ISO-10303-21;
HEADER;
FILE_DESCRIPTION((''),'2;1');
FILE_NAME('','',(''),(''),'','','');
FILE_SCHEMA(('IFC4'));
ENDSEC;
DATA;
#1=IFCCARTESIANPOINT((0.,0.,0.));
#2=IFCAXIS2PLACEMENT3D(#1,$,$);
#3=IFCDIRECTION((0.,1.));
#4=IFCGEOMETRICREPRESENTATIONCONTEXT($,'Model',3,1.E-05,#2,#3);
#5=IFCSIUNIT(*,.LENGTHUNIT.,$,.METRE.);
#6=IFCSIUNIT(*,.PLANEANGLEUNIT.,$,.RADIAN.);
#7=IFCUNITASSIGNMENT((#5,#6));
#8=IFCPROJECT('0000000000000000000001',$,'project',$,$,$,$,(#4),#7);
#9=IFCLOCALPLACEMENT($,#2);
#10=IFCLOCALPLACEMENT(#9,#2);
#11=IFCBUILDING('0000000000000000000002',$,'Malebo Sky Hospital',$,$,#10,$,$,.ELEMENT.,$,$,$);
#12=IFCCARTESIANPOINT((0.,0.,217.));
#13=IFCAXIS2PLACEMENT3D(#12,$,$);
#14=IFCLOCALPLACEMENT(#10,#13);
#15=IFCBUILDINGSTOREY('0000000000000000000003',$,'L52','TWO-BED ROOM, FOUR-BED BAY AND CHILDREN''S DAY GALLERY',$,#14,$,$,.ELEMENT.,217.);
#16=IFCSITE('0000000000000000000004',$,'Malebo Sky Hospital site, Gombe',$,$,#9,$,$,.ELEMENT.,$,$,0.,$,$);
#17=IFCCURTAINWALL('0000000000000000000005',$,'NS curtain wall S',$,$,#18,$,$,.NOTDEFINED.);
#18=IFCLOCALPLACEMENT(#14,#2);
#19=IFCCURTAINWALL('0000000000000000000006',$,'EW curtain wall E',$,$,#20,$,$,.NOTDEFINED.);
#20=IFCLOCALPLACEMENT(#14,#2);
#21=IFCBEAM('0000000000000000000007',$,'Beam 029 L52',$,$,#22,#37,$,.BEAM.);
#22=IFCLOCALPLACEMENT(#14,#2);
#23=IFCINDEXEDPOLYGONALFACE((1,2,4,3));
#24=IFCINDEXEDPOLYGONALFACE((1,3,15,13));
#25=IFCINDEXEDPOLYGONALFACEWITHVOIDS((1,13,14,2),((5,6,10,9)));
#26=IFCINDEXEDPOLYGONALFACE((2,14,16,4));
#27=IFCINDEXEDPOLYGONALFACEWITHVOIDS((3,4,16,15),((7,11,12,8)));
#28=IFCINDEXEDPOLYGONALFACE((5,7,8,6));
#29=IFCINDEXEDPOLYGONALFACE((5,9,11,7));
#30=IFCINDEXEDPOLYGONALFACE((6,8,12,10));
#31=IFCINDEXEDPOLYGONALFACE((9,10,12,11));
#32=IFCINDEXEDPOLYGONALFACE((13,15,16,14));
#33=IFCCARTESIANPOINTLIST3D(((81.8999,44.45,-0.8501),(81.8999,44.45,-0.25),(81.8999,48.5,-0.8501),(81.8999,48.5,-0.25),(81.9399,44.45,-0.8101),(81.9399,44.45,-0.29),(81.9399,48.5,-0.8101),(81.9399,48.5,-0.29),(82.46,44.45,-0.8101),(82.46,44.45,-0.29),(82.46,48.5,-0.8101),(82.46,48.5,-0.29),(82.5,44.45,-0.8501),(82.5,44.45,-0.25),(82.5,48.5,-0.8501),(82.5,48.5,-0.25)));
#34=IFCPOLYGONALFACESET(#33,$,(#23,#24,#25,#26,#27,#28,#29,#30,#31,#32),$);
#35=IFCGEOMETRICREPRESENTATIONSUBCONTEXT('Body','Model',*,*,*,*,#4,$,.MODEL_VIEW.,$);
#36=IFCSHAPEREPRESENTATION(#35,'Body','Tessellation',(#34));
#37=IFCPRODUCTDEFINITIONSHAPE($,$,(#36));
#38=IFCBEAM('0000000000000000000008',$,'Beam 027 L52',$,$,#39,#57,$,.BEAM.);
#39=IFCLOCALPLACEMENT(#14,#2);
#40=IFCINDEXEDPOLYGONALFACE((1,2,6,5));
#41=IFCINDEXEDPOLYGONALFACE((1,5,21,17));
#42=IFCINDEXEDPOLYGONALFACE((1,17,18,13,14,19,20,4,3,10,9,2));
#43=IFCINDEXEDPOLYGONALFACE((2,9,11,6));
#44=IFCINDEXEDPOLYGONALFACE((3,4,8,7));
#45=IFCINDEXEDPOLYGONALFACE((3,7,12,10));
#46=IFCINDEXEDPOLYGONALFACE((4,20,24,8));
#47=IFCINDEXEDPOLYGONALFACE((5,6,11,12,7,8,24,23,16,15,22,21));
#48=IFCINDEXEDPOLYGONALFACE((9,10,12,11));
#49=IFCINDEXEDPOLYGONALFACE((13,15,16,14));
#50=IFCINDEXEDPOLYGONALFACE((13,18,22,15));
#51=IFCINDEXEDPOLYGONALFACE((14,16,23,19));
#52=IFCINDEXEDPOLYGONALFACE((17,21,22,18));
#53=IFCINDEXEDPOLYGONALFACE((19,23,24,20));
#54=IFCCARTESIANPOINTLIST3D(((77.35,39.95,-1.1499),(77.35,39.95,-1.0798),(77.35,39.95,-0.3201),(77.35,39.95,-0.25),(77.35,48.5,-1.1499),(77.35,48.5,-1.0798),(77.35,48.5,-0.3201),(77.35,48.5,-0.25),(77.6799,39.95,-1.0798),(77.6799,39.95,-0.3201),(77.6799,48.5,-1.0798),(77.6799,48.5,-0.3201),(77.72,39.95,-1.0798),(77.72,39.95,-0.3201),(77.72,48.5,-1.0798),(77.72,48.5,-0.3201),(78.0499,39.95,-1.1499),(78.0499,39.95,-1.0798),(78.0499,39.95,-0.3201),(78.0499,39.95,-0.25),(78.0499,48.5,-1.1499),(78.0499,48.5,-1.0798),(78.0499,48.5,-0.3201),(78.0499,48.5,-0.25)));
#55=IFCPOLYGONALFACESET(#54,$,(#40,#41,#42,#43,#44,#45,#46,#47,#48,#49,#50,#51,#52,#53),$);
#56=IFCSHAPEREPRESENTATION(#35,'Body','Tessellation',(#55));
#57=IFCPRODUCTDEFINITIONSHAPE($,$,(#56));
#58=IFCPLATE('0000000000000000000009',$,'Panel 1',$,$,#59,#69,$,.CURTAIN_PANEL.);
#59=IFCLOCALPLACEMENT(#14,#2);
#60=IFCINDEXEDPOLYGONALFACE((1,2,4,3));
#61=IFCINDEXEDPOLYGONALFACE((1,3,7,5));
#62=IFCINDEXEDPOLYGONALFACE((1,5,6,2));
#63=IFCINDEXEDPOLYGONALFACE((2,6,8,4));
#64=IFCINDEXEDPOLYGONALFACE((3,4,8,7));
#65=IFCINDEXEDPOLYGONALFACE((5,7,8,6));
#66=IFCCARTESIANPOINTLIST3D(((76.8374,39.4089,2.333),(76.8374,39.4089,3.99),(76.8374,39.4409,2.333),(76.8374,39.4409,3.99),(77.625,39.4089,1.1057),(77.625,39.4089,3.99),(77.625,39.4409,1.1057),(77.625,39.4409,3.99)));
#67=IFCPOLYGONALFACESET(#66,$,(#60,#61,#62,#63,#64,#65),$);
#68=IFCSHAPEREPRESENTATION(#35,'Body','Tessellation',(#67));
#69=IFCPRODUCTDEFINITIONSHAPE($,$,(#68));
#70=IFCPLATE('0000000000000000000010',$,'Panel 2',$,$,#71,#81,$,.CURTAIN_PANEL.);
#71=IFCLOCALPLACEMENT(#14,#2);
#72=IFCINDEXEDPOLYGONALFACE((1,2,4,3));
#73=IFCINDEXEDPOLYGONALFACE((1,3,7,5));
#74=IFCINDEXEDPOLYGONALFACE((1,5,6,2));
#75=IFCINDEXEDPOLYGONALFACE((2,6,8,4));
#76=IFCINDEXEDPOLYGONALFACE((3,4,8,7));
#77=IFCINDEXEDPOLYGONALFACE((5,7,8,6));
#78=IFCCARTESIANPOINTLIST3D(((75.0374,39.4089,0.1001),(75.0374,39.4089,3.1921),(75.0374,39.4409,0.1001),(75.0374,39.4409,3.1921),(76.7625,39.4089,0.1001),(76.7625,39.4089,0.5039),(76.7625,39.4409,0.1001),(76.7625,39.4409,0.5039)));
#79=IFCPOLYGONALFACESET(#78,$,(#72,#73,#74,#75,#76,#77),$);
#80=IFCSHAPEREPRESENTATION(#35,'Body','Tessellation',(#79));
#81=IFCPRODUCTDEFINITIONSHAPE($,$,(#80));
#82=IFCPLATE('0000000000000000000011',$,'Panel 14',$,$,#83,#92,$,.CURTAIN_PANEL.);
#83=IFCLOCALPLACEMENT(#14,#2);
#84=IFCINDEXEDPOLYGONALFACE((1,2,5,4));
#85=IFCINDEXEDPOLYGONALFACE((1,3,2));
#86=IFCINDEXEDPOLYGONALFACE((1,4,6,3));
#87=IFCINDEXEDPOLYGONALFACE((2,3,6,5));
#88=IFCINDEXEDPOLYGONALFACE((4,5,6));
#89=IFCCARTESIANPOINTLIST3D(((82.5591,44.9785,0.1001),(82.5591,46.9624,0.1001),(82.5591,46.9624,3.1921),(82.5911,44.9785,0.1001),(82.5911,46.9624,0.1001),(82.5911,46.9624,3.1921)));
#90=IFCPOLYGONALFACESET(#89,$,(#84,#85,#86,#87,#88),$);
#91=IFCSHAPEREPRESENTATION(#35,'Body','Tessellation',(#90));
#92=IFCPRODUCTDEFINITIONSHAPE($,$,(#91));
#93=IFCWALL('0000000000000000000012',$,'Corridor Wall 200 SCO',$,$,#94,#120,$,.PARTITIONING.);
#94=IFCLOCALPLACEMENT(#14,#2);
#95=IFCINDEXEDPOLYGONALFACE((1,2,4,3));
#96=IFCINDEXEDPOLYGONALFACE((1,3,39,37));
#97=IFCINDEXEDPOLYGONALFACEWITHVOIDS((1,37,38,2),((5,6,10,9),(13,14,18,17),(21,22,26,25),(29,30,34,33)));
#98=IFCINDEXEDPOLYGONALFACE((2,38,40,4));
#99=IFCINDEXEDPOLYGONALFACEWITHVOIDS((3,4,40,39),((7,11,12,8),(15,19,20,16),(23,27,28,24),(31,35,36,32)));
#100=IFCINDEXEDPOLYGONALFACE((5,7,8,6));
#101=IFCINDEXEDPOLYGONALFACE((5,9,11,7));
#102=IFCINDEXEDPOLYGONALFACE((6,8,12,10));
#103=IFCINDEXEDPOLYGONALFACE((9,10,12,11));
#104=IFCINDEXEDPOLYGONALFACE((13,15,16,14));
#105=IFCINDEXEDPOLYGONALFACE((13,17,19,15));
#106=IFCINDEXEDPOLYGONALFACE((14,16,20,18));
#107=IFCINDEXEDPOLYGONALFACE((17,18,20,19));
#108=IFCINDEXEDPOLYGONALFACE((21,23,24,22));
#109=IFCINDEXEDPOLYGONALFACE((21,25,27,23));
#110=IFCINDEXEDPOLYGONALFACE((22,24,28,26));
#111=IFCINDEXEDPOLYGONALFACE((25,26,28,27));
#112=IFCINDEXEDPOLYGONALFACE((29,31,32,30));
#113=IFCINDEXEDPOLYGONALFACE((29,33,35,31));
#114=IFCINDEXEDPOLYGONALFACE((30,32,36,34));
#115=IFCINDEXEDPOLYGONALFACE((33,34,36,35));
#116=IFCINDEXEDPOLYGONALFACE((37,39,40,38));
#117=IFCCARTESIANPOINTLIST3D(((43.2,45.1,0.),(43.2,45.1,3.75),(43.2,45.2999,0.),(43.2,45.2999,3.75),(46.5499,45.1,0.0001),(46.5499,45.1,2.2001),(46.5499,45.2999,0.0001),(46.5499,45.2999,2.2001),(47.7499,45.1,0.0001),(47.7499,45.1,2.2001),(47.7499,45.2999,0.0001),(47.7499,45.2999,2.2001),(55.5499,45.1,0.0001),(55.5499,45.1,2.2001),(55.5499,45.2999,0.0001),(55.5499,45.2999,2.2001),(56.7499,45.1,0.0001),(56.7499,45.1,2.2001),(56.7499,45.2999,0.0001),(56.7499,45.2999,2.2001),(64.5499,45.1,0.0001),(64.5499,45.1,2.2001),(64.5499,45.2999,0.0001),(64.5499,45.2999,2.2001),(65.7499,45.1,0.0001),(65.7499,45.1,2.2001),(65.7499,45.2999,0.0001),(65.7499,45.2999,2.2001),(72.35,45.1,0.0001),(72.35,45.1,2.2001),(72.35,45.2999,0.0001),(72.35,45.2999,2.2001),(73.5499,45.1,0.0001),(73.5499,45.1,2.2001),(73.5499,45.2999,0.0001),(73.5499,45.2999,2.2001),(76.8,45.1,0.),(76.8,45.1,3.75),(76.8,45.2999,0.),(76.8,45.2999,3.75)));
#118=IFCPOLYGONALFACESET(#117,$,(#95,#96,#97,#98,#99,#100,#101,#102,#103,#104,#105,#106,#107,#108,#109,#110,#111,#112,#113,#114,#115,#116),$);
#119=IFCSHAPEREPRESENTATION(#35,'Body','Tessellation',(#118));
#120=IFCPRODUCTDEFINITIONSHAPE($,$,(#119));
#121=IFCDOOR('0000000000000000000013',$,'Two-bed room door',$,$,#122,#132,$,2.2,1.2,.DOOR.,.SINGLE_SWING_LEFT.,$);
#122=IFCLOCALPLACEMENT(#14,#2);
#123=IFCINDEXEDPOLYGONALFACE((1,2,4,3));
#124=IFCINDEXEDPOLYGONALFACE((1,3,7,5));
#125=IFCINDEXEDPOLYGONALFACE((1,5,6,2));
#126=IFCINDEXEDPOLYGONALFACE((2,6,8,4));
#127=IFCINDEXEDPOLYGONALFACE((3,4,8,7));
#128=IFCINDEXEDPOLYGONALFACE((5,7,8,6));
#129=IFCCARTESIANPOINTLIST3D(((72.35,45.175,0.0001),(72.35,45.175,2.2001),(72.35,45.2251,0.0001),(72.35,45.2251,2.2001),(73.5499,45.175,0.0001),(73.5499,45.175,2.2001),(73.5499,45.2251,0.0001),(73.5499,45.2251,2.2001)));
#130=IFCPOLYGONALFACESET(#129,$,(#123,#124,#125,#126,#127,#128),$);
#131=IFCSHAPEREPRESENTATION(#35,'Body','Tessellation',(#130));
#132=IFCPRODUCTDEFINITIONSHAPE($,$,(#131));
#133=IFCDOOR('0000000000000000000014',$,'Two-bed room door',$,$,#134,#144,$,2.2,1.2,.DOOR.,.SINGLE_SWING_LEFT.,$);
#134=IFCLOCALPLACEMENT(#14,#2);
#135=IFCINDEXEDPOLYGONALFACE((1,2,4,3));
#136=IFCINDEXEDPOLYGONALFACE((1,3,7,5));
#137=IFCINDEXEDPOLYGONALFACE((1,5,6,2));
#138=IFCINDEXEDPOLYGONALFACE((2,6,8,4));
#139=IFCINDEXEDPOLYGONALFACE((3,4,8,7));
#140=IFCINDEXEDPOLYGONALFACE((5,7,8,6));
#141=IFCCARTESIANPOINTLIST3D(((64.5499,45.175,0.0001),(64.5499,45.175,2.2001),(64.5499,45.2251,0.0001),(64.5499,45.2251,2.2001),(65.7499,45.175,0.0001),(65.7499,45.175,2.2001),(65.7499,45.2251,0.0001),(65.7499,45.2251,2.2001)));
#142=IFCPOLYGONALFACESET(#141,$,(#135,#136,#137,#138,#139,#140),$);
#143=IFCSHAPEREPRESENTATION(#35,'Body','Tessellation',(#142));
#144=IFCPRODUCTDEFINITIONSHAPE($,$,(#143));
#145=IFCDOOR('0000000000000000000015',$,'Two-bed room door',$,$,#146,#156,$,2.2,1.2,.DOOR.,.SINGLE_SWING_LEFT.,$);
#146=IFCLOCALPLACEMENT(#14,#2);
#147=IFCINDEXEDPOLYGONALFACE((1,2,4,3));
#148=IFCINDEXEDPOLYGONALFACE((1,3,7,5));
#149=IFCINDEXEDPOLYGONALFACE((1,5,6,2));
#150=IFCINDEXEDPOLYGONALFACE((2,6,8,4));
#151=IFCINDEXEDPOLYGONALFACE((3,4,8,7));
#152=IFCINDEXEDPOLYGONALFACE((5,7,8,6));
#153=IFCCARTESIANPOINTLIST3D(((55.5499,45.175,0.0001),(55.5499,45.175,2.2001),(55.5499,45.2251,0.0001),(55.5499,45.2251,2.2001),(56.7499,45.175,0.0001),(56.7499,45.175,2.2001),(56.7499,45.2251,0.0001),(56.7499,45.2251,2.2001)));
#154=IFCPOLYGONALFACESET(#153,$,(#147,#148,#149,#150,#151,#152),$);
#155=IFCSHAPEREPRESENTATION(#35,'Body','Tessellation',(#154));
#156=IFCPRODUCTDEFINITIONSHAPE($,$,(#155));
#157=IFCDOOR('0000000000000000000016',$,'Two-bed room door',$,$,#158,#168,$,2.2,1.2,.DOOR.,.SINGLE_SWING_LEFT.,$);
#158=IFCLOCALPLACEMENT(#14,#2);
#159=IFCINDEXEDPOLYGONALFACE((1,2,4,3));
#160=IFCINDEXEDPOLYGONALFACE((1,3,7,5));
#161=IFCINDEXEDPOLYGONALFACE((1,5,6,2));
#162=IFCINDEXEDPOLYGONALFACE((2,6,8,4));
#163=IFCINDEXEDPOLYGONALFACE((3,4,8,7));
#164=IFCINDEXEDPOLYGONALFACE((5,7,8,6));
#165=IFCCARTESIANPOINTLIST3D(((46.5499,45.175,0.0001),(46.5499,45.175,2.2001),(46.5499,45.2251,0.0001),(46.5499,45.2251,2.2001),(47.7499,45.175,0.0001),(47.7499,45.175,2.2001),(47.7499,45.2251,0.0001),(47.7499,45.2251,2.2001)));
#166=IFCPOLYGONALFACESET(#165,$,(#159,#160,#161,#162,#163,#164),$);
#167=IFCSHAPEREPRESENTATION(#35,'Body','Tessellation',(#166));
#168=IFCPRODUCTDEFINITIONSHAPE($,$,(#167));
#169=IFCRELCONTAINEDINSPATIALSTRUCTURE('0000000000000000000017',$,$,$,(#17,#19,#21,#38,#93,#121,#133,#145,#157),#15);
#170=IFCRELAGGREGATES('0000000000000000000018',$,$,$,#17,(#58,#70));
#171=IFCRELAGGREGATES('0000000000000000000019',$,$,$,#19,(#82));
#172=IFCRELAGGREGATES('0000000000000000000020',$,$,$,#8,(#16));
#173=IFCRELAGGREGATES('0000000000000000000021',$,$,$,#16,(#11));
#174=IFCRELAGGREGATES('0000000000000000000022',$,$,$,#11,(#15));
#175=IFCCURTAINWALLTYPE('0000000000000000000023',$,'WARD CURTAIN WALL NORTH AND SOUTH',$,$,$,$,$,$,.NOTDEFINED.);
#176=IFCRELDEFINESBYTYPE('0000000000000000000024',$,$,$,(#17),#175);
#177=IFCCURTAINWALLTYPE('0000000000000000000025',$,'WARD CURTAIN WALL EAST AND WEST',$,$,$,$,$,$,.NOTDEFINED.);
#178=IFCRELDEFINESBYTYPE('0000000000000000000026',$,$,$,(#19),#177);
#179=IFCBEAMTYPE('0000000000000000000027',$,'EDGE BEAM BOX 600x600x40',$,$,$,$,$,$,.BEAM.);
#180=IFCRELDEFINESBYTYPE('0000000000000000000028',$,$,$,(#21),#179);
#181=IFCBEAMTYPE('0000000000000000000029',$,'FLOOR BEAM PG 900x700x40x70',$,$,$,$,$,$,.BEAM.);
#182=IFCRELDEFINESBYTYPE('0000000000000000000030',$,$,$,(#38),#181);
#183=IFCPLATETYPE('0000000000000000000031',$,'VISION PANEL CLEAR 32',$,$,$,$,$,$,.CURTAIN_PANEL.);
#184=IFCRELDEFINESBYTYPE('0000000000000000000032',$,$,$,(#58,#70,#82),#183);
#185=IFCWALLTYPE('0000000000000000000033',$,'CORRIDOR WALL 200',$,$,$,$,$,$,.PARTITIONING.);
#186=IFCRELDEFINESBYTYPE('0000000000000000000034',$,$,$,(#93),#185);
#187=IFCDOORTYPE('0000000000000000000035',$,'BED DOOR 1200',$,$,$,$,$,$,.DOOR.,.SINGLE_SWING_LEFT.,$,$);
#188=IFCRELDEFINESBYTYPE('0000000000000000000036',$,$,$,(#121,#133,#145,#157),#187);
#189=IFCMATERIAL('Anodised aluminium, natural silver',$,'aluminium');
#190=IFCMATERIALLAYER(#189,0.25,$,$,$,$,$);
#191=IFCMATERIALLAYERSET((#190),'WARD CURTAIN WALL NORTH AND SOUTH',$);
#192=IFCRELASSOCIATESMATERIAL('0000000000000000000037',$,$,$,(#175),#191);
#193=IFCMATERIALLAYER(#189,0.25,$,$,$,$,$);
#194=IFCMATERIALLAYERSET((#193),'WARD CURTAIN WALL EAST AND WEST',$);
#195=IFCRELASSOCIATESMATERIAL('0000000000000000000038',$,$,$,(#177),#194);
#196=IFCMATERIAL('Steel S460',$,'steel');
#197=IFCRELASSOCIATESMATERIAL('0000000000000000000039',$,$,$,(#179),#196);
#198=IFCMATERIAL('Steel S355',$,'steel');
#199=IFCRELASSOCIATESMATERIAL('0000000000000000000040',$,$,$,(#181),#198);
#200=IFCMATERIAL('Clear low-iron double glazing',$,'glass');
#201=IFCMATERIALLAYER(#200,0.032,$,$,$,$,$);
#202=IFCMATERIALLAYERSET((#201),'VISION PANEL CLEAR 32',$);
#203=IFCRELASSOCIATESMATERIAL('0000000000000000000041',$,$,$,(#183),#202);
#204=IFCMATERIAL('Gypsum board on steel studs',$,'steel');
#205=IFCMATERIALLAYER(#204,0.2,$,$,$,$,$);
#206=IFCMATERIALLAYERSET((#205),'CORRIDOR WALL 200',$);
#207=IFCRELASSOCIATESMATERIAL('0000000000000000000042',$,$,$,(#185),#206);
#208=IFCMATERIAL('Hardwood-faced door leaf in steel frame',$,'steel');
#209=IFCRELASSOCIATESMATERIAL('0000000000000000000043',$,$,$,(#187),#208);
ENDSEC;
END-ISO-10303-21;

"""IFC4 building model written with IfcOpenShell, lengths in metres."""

from ifc_helpers import new_model, si_unit, direction, frame, frame_2d, origin, origin_2d, place, context, subcontext, project, spatial, polyline, rectangle, hollow_rectangle, i_section, outline, extrude, material, layer, layer_set, material_profile, profile_set, type_object, element, fill, aggregate, save


model = new_model("IFC4")

# Units and contexts
model_context = context("Model", 3, precision=1e-05, world=origin(), true_north=direction((0.0, 1.0)))
body_context = subcontext(model_context, "Body", "Model", "MODEL_VIEW")
ifc_project = project(units=[si_unit("LENGTHUNIT", "METRE"), si_unit("PLANEANGLEUNIT", "RADIAN")], contexts=[model_context])

# Site, building, storey
site_placement = place(None, origin())
site = spatial("IfcSite", under=ifc_project, at=site_placement, Name="Malebo Sky Hospital site, Gombe", CompositionType="ELEMENT", RefElevation=0.0)
building_placement = place(site_placement, origin())
building = spatial("IfcBuilding", under=site, at=building_placement, Name="Malebo Sky Hospital", CompositionType="ELEMENT")
storey_placement = place(building_placement, frame((0.0, 0.0, 217.0)))
storey = spatial("IfcBuildingStorey", under=building, at=storey_placement, Name="L52", Description="TWO-BED ROOM, FOUR-BED BAY AND CHILDREN'S DAY GALLERY", CompositionType="ELEMENT", Elevation=217.0)

# Shared definitions
ifc_material_1 = material(Name="Steel S460", Category="steel")

# Curtain wall
ifc_material_2 = material(Name="Anodised aluminium, natural silver", Category="aluminium")
ifc_layer_1 = layer(ifc_material_2, 0.25)
ifc_layer_set_1 = layer_set([ifc_layer_1], Name="WARD CURTAIN WALL NORTH AND SOUTH")
curtain_wall_type_1 = type_object("IfcCurtainWallType", Name="WARD CURTAIN WALL NORTH AND SOUTH", PredefinedType="NOTDEFINED", material=ifc_layer_set_1)
curtain_wall_1_placement = place(storey_placement, origin())
curtain_wall_1 = element("IfcCurtainWall", 1, at=curtain_wall_1_placement, inside=storey, type_object=curtain_wall_type_1, Name="NS curtain wall S", PredefinedType="NOTDEFINED")

# Curtain wall
ifc_layer_2 = layer(ifc_material_2, 0.25)
ifc_layer_set_2 = layer_set([ifc_layer_2], Name="WARD CURTAIN WALL EAST AND WEST")
curtain_wall_type_2 = type_object("IfcCurtainWallType", Name="WARD CURTAIN WALL EAST AND WEST", PredefinedType="NOTDEFINED", material=ifc_layer_set_2)
curtain_wall_2_placement = place(storey_placement, origin())
curtain_wall_2 = element("IfcCurtainWall", 2, at=curtain_wall_2_placement, inside=storey, type_object=curtain_wall_type_2, Name="EW curtain wall E", PredefinedType="NOTDEFINED")

# Beams
ifc_material_profile_1 = material_profile(ifc_material_1, hollow_rectangle(XDim=0.6001, YDim=0.6001, WallThickness=0.04, at=origin_2d()), Name="BOX 600x600x40")
ifc_profile_set_1 = profile_set([ifc_material_profile_1], Name="Steel S460")
beam_type_1 = type_object("IfcBeamType", Name="EDGE BEAM BOX 600x600x40", PredefinedType="BEAM", material=ifc_profile_set_1)
beam_1_placement = place(storey_placement, frame((82.2, 44.45, -0.55), z_axis=(0.0, 1.0, 0.0), x_axis=(-1.0, 0.0, 0.0)))
element("IfcBeam", 3, at=beam_1_placement, inside=storey, type_object=beam_type_1, Name="Beam 029 L52", PredefinedType="BEAM", context=body_context, shape_type="SweptSolid", body=[
    extrude(hollow_rectangle(XDim=0.6001, YDim=0.6001, WallThickness=0.04, at=origin_2d()), origin(), (0.0, 0.0, 1.0), 4.05),
])
ifc_material_3 = material(Name="Steel S355", Category="steel")
ifc_material_profile_2 = material_profile(ifc_material_3, i_section(OverallWidth=0.7, OverallDepth=0.8999, WebThickness=0.04, FlangeThickness=0.0701, at=origin_2d()), Name="PG 900x700x40x70")
ifc_profile_set_2 = profile_set([ifc_material_profile_2], Name="Steel S355")
beam_type_2 = type_object("IfcBeamType", Name="FLOOR BEAM PG 900x700x40x70", PredefinedType="BEAM", material=ifc_profile_set_2)
beam_2_placement = place(storey_placement, frame((77.7, 39.95, -0.7), z_axis=(0.0, 1.0, 0.0), x_axis=(-1.0, 0.0, 0.0)))
element("IfcBeam", 4, at=beam_2_placement, inside=storey, type_object=beam_type_2, Name="Beam 027 L52", PredefinedType="BEAM", context=body_context, shape_type="SweptSolid", body=[
    extrude(i_section(OverallWidth=0.7, OverallDepth=0.8999, WebThickness=0.04, FlangeThickness=0.0701, at=origin_2d()), origin(), (0.0, 0.0, 1.0), 8.55),
])

# Plates
ifc_material_4 = material(Name="Clear low-iron double glazing", Category="glass")
ifc_layer_3 = layer(ifc_material_4, 0.032)
ifc_layer_set_3 = layer_set([ifc_layer_3], Name="VISION PANEL CLEAR 32")
plate_type = type_object("IfcPlateType", Name="VISION PANEL CLEAR 32", PredefinedType="CURTAIN_PANEL", material=ifc_layer_set_3)
plate_1_placement = place(storey_placement, frame((77.2312, 39.425, 1.1057), z_axis=(0.0, 0.0, 1.0), x_axis=(-1.0, 0.0, 0.0)))
plate_1 = element("IfcPlate", 5, at=plate_1_placement, type_object=plate_type, Name="Panel 1", PredefinedType="CURTAIN_PANEL", context=body_context, shape_type="SweptSolid", body=[
    extrude(outline(polyline([(-0.3938, 0.0), (0.3938, 1.2273), (0.3938, 2.8843), (-0.3938, 2.8843), (-0.3938, 0.0)])), frame((0.0, 0.0161, 0.0), z_axis=(0.0, -1.0, 0.0), x_axis=(1.0, 0.0, 0.0)), (0.0, 0.0, 1.0), 0.032),
])
plate_2_placement = place(storey_placement, frame((75.8999, 39.425, 0.1001), z_axis=(0.0, 0.0, 1.0), x_axis=(-1.0, 0.0, 0.0)))
plate_2 = element("IfcPlate", 6, at=plate_2_placement, type_object=plate_type, Name="Panel 2", PredefinedType="CURTAIN_PANEL", context=body_context, shape_type="SweptSolid", body=[
    extrude(outline(polyline([(-0.8625, 0.0), (0.8625, 0.0), (0.8625, 3.092), (-0.8625, 0.4038), (-0.8625, 0.0)])), frame((0.0, 0.0161, 0.0), z_axis=(0.0, -1.0, 0.0), x_axis=(1.0, 0.0, 0.0)), (0.0, 0.0, 1.0), 0.032),
])
aggregate(curtain_wall_1, [plate_1, plate_2])
plate_3_placement = place(storey_placement, frame((82.575, 45.9705, 0.1001), z_axis=(0.0, 0.0, 1.0), x_axis=(0.0, -1.0, 0.0)))
plate_3 = element("IfcPlate", 7, at=plate_3_placement, type_object=plate_type, Name="Panel 14", PredefinedType="CURTAIN_PANEL", context=body_context, shape_type="SweptSolid", body=[
    extrude(outline(polyline([(-0.9919, 0.0), (0.9919, 0.0), (-0.9919, 3.092), (-0.9919, 0.0)])), frame((0.0, 0.0161, 0.0), z_axis=(0.0, -1.0, 0.0), x_axis=(1.0, 0.0, 0.0)), (0.0, 0.0, 1.0), 0.032),
])
aggregate(curtain_wall_2, [plate_3])

# Wall, openings, doors
ifc_material_5 = material(Name="Gypsum board on steel studs", Category="steel")
ifc_layer_4 = layer(ifc_material_5, 0.2)
ifc_layer_set_4 = layer_set([ifc_layer_4], Name="CORRIDOR WALL 200")
wall_type_1 = type_object("IfcWallType", Name="CORRIDOR WALL 200", PredefinedType="PARTITIONING", material=ifc_layer_set_4)
wall_1_placement = place(storey_placement, frame((76.8, 45.2, 0.0), z_axis=(0.0, 0.0, 1.0), x_axis=(-1.0, 0.0, 0.0)))
wall_1 = element("IfcWall", 8, at=wall_1_placement, inside=storey, type_object=wall_type_1, Name="Corridor Wall 200 SCO", PredefinedType="PARTITIONING", context=body_context, shape_type="SweptSolid", body=[
    extrude(rectangle(XDim=33.6001, YDim=0.2, at=frame_2d((16.8, 0.0))), origin(), (0.0, 0.0, 1.0), 3.75),
])
opening_1_placement = place(wall_1_placement, frame((3.25, 0.0, 0.0)))
opening_1 = element("IfcOpeningElement", 9, at=opening_1_placement, cuts=wall_1, PredefinedType="OPENING", context=body_context, shape_type="SweptSolid", body=[
    extrude(rectangle(XDim=1.2, YDim=2.2, at=frame_2d((0.6001, 1.1001))), frame((0.0, 0.1099, 0.0), z_axis=(0.0, -1.0, 0.0), x_axis=(1.0, 0.0, 0.0)), (0.0, 0.0, 1.0), 0.22),
])
opening_2_placement = place(wall_1_placement, frame((11.05, 0.0, 0.0)))
opening_2 = element("IfcOpeningElement", 10, at=opening_2_placement, cuts=wall_1, PredefinedType="OPENING", context=body_context, shape_type="SweptSolid", body=[
    extrude(rectangle(XDim=1.2, YDim=2.2, at=frame_2d((0.6001, 1.1001))), frame((0.0, 0.1099, 0.0), z_axis=(0.0, -1.0, 0.0), x_axis=(1.0, 0.0, 0.0)), (0.0, 0.0, 1.0), 0.22),
])
opening_3_placement = place(wall_1_placement, frame((20.05, 0.0, 0.0)))
opening_3 = element("IfcOpeningElement", 11, at=opening_3_placement, cuts=wall_1, PredefinedType="OPENING", context=body_context, shape_type="SweptSolid", body=[
    extrude(rectangle(XDim=1.2, YDim=2.2, at=frame_2d((0.6001, 1.1001))), frame((0.0, 0.1099, 0.0), z_axis=(0.0, -1.0, 0.0), x_axis=(1.0, 0.0, 0.0)), (0.0, 0.0, 1.0), 0.22),
])
opening_4_placement = place(wall_1_placement, frame((29.05, 0.0, 0.0)))
opening_4 = element("IfcOpeningElement", 12, at=opening_4_placement, cuts=wall_1, PredefinedType="OPENING", context=body_context, shape_type="SweptSolid", body=[
    extrude(rectangle(XDim=1.2, YDim=2.2, at=frame_2d((0.6001, 1.1001))), frame((0.0, 0.1099, 0.0), z_axis=(0.0, -1.0, 0.0), x_axis=(1.0, 0.0, 0.0)), (0.0, 0.0, 1.0), 0.22),
])
ifc_material_6 = material(Name="Hardwood-faced door leaf in steel frame", Category="steel")
door_type_1 = type_object("IfcDoorType", Name="BED DOOR 1200", OperationType="SINGLE_SWING_LEFT", PredefinedType="DOOR", material=ifc_material_6)
door_1_placement = place(opening_1_placement, origin())
door_1 = element("IfcDoor", 13, at=door_1_placement, inside=storey, type_object=door_type_1, Name="Two-bed room door", OperationType="SINGLE_SWING_LEFT", OverallHeight=2.2, OverallWidth=1.2, PredefinedType="DOOR", context=body_context, shape_type="SweptSolid", body=[
    extrude(rectangle(XDim=1.2, YDim=2.2, at=frame_2d((0.6001, 1.1001))), frame((0.0, 0.0249, 0.0), z_axis=(0.0, -1.0, 0.0), x_axis=(1.0, 0.0, 0.0)), (0.0, 0.0, 1.0), 0.05),
])
fill(opening_1, door_1)
door_2_placement = place(opening_2_placement, origin())
door_2 = element("IfcDoor", 14, at=door_2_placement, inside=storey, type_object=door_type_1, Name="Two-bed room door", OperationType="SINGLE_SWING_LEFT", OverallHeight=2.2, OverallWidth=1.2, PredefinedType="DOOR", context=body_context, shape_type="SweptSolid", body=[
    extrude(rectangle(XDim=1.2, YDim=2.2, at=frame_2d((0.6001, 1.1001))), frame((0.0, 0.0249, 0.0), z_axis=(0.0, -1.0, 0.0), x_axis=(1.0, 0.0, 0.0)), (0.0, 0.0, 1.0), 0.05),
])
fill(opening_2, door_2)
door_3_placement = place(opening_3_placement, origin())
door_3 = element("IfcDoor", 15, at=door_3_placement, inside=storey, type_object=door_type_1, Name="Two-bed room door", OperationType="SINGLE_SWING_LEFT", OverallHeight=2.2, OverallWidth=1.2, PredefinedType="DOOR", context=body_context, shape_type="SweptSolid", body=[
    extrude(rectangle(XDim=1.2, YDim=2.2, at=frame_2d((0.6001, 1.1001))), frame((0.0, 0.0249, 0.0), z_axis=(0.0, -1.0, 0.0), x_axis=(1.0, 0.0, 0.0)), (0.0, 0.0, 1.0), 0.05),
])
fill(opening_3, door_3)
door_4_placement = place(opening_4_placement, origin())
door_4 = element("IfcDoor", 16, at=door_4_placement, inside=storey, type_object=door_type_1, Name="Two-bed room door", OperationType="SINGLE_SWING_LEFT", OverallHeight=2.2, OverallWidth=1.2, PredefinedType="DOOR", context=body_context, shape_type="SweptSolid", body=[
    extrude(rectangle(XDim=1.2, YDim=2.2, at=frame_2d((0.6001, 1.1001))), frame((0.0, 0.0249, 0.0), z_axis=(0.0, -1.0, 0.0), x_axis=(1.0, 0.0, 0.0)), (0.0, 0.0, 1.0), 0.05),
])
fill(opening_4, door_4)

save(model, "model.ifc")
